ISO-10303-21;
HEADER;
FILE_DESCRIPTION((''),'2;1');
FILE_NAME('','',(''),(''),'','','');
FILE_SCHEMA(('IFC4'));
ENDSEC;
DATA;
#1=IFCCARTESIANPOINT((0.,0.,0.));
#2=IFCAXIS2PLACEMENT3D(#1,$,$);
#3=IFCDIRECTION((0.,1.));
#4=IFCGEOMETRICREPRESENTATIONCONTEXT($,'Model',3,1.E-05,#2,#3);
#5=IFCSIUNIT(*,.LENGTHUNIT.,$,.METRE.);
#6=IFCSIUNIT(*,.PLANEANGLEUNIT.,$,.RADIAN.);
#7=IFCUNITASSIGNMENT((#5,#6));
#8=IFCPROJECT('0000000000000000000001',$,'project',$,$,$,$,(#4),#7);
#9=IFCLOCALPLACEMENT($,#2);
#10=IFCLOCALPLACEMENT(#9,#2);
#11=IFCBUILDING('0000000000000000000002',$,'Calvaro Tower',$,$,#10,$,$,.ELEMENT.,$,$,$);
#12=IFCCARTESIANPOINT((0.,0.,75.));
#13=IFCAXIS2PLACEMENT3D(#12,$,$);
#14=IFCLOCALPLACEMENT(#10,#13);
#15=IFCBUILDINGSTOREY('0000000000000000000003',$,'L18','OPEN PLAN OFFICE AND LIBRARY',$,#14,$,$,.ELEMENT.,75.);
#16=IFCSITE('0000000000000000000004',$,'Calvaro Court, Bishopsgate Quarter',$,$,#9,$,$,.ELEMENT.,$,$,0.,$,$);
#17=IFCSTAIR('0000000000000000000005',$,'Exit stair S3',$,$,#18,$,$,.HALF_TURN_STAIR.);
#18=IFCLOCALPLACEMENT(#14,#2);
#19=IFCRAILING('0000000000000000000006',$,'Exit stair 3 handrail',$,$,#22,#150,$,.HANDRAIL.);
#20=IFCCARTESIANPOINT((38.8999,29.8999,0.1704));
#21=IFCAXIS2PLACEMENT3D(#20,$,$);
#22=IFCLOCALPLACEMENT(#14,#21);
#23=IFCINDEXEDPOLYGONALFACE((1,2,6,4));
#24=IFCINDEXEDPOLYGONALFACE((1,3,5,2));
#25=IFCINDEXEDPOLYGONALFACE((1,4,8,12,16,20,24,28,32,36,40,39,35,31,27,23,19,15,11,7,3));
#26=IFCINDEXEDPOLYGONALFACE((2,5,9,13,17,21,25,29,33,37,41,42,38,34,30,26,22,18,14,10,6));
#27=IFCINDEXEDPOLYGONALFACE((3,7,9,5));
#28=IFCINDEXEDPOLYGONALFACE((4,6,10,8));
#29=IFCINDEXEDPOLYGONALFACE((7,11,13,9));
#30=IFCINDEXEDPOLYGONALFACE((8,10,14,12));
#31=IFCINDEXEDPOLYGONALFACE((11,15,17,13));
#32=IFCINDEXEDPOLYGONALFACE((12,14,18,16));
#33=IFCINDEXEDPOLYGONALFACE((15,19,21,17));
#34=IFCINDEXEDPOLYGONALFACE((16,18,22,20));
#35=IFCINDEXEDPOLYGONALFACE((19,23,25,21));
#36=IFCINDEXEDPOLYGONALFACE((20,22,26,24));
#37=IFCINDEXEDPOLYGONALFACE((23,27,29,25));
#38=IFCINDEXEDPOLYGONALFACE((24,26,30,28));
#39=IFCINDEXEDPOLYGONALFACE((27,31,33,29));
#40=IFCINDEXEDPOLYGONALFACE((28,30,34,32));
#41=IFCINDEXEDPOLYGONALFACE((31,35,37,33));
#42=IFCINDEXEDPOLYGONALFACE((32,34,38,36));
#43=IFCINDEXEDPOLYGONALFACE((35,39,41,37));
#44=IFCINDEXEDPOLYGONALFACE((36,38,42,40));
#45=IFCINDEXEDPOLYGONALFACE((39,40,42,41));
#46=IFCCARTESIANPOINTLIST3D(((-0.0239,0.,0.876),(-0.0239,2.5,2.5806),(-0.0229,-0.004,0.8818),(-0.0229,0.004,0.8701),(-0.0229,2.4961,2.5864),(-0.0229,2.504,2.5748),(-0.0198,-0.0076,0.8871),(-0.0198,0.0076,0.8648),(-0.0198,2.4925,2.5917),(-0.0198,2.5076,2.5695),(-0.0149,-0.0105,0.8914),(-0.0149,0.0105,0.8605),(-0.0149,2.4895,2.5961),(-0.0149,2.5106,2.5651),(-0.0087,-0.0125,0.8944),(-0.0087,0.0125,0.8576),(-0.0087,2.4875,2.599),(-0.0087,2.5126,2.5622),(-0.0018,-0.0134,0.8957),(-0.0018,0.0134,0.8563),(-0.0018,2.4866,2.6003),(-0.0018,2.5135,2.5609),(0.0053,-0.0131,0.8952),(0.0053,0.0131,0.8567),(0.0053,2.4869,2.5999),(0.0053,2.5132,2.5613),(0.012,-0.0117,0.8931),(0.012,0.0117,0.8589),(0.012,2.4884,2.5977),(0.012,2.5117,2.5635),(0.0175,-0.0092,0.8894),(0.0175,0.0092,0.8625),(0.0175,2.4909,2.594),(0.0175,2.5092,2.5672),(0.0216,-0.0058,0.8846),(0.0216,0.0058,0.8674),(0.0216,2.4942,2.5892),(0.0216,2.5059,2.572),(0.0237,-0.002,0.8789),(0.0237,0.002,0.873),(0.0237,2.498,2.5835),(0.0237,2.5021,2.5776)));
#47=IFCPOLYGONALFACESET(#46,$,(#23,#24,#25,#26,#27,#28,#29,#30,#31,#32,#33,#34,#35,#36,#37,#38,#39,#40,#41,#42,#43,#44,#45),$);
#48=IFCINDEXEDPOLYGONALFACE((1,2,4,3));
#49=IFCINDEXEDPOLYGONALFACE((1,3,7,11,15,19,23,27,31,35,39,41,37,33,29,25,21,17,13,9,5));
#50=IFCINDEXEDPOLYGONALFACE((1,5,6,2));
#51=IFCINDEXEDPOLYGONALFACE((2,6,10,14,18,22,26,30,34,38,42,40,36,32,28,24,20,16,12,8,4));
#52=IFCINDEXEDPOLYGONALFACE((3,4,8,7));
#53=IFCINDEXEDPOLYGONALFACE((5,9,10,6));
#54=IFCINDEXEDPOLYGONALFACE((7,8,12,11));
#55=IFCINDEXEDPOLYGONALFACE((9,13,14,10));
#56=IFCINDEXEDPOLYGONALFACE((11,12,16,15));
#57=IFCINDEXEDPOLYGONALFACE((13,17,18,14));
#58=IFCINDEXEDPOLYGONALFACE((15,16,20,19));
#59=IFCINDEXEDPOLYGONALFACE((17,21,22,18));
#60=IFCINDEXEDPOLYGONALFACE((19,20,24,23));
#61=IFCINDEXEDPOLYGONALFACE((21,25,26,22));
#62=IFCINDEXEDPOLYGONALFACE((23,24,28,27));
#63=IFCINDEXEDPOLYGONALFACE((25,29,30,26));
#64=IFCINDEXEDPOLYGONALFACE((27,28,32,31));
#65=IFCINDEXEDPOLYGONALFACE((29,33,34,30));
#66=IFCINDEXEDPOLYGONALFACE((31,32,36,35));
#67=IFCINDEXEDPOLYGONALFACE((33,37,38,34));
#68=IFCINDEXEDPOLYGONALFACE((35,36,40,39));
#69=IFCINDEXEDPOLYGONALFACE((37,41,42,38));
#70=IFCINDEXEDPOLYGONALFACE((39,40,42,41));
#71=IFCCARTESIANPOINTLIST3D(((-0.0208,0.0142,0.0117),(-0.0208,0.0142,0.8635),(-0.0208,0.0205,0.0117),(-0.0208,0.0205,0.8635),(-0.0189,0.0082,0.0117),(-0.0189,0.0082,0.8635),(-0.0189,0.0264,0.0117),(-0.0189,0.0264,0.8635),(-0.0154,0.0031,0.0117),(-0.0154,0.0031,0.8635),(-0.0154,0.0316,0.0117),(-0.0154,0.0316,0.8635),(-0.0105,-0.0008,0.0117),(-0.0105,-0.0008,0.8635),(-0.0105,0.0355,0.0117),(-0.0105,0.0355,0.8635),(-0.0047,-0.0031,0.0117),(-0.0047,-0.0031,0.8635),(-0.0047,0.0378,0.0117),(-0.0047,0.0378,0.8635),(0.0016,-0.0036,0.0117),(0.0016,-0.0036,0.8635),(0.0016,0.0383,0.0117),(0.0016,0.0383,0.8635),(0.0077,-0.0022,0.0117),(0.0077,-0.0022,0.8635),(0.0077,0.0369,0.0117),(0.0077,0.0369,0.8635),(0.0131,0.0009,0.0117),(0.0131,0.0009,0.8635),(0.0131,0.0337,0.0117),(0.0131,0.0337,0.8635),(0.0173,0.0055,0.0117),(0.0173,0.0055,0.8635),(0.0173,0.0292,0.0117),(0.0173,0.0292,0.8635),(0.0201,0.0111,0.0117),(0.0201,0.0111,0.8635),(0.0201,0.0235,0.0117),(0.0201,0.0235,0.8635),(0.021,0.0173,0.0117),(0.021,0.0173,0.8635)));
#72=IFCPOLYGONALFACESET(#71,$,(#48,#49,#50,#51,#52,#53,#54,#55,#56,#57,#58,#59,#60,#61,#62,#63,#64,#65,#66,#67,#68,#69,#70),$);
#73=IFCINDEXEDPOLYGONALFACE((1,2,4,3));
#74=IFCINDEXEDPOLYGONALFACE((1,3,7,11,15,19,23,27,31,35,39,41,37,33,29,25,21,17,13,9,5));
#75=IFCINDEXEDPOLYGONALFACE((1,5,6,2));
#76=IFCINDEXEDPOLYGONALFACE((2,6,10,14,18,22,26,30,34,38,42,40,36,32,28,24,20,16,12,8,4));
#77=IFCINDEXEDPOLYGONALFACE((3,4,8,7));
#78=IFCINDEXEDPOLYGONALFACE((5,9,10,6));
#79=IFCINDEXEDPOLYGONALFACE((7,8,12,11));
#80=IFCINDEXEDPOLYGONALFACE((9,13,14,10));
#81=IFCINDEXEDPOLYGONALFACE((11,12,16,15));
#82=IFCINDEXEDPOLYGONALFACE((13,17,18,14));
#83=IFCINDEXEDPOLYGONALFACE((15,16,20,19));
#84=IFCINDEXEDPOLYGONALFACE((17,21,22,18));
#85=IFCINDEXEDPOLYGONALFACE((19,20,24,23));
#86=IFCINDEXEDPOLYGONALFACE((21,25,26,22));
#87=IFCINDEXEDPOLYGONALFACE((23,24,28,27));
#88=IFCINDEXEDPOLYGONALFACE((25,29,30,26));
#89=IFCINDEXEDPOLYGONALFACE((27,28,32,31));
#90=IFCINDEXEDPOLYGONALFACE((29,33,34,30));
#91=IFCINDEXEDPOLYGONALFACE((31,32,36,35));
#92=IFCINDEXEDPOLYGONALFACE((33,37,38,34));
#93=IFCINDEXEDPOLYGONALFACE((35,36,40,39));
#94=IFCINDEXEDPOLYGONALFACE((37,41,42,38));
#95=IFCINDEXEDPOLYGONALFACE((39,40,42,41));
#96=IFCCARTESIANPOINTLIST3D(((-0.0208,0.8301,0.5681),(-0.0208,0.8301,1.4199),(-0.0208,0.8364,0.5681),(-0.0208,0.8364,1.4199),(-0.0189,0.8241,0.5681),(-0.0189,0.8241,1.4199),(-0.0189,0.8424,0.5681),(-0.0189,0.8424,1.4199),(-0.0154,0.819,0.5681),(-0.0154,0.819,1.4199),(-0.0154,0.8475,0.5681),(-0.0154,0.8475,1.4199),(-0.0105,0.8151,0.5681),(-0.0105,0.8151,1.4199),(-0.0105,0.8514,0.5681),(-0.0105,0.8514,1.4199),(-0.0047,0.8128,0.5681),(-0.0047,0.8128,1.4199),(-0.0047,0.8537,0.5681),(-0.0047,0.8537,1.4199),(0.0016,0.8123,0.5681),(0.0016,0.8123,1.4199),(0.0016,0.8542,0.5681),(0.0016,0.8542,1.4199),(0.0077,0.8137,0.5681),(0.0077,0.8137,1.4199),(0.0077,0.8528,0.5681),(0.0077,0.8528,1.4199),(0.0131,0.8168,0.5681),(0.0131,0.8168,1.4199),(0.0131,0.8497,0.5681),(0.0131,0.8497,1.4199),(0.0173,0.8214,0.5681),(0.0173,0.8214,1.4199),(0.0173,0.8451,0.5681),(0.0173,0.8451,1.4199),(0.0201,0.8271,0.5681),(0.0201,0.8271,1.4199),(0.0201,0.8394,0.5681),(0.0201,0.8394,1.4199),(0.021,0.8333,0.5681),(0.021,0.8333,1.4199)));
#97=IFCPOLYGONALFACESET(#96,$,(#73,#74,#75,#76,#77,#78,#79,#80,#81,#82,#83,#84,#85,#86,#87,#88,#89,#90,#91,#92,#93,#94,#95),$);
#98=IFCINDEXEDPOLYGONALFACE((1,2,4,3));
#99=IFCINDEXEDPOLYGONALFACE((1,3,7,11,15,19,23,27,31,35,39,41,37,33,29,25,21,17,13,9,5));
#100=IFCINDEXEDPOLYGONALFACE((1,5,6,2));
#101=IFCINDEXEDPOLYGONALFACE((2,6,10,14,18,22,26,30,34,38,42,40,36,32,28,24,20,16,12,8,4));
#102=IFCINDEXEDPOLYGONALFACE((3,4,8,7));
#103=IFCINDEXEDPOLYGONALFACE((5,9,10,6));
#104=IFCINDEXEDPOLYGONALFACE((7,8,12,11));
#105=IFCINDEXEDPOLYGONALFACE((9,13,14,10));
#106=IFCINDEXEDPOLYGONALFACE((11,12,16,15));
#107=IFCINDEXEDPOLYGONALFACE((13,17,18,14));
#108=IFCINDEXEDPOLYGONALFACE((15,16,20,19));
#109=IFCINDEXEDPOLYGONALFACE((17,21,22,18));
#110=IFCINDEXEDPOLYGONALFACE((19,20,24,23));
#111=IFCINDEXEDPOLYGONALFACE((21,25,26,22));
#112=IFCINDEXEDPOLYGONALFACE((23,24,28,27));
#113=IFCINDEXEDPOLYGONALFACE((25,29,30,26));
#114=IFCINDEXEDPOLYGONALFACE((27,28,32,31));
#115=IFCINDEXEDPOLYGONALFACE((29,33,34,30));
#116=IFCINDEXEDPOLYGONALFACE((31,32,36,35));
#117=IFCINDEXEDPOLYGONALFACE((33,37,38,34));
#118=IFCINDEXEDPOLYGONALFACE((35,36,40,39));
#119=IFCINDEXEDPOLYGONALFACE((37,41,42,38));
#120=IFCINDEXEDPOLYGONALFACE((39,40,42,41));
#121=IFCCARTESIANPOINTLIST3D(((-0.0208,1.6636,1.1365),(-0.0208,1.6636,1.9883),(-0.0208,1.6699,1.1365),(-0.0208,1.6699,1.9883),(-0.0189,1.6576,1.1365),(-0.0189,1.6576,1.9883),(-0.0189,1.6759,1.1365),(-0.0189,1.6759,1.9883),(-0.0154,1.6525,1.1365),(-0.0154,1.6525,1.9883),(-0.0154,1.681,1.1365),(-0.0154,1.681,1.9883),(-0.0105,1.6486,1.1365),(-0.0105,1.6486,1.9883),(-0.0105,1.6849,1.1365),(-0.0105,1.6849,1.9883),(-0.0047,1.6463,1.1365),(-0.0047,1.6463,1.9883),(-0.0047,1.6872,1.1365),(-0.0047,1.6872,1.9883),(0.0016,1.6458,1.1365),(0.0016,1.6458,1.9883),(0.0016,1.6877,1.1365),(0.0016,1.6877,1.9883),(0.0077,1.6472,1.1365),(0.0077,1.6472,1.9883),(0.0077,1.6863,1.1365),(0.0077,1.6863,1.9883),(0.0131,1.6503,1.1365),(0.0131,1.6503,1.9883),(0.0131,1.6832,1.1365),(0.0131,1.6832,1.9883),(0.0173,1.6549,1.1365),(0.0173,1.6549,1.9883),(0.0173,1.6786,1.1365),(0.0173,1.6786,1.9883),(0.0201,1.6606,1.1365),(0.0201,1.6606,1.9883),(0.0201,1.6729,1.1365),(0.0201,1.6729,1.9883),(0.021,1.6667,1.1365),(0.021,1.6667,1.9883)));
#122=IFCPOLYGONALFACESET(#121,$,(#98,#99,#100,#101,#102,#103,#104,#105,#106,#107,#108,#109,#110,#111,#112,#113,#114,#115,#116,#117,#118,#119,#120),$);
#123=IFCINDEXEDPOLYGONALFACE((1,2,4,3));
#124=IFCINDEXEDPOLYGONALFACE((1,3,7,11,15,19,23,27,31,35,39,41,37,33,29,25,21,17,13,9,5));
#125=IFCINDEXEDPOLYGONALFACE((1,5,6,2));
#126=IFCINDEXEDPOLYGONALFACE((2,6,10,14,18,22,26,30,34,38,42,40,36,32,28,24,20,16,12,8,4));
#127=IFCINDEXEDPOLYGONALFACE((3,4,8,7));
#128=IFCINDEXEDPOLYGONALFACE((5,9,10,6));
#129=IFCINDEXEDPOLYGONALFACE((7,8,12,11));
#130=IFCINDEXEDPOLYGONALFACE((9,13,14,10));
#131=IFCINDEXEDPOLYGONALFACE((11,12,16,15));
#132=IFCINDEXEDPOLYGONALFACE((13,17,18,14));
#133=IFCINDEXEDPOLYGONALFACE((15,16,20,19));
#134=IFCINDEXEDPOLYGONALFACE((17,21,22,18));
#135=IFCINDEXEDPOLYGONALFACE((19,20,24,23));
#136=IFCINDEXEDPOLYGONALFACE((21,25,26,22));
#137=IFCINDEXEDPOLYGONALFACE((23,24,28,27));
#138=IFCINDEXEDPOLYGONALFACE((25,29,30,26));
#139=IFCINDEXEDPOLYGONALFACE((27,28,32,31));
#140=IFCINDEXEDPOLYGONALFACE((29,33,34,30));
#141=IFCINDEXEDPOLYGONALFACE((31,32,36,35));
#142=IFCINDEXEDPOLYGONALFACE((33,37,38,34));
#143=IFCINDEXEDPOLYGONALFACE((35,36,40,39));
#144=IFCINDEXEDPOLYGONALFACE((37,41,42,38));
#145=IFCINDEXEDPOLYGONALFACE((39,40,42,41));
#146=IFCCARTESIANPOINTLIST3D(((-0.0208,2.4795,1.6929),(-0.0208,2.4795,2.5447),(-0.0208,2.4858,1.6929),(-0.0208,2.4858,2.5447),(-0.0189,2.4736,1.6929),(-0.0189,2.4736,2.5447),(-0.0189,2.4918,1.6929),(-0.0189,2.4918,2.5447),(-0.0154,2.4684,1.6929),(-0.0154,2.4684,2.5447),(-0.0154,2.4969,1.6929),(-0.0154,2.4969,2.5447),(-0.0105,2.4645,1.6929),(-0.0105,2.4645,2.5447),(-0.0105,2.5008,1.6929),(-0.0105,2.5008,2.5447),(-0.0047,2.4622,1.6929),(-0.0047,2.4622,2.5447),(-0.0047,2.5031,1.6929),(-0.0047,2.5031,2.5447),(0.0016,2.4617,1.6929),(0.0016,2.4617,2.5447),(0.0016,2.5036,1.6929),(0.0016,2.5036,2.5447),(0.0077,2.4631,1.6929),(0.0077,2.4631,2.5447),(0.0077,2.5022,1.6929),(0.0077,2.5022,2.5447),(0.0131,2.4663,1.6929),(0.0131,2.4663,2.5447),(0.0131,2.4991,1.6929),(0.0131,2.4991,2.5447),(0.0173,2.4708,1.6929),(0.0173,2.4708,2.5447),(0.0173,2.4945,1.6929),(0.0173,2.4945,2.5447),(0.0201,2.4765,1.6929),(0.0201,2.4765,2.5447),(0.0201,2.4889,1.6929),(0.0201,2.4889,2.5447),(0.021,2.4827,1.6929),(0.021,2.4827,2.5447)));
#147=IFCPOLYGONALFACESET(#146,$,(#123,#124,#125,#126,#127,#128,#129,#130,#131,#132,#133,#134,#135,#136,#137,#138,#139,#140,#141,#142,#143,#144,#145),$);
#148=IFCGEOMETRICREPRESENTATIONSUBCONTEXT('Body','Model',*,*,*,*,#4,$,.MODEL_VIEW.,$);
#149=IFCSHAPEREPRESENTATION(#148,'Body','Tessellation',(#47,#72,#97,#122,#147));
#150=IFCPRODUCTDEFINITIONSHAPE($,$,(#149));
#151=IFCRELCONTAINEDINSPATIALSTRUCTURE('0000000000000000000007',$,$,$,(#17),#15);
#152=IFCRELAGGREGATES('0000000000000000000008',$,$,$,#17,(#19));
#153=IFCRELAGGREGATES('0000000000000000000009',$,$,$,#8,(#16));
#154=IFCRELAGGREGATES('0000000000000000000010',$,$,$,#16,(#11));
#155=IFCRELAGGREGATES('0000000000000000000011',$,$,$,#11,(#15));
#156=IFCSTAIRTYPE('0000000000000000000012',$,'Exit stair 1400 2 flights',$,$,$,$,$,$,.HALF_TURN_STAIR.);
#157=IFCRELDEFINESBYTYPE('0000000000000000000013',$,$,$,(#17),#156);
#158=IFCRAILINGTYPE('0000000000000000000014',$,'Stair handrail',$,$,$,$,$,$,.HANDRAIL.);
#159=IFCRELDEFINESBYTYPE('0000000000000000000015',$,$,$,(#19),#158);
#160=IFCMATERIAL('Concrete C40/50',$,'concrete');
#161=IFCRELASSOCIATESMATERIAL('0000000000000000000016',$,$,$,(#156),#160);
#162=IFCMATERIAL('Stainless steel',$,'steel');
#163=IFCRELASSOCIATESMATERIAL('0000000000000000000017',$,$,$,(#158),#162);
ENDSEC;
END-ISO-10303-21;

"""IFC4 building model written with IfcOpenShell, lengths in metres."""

from ifc_helpers import new_model, si_unit, direction, frame, origin, origin_2d, place, context, subcontext, project, spatial, circle, extrude, material, type_object, element, aggregate, save


model = new_model("IFC4")

# Units and contexts
model_context = context("Model", 3, precision=1e-05, world=origin(), true_north=direction((0.0, 1.0)))
body_context = subcontext(model_context, "Body", "Model", "MODEL_VIEW")
ifc_project = project(units=[si_unit("LENGTHUNIT", "METRE"), si_unit("PLANEANGLEUNIT", "RADIAN")], contexts=[model_context])

# Site, building, storey
site_placement = place(None, origin())
site = spatial("IfcSite", under=ifc_project, at=site_placement, Name="Calvaro Court, Bishopsgate Quarter", CompositionType="ELEMENT", RefElevation=0.0)
building_placement = place(site_placement, origin())
building = spatial("IfcBuilding", under=site, at=building_placement, Name="Calvaro Tower", CompositionType="ELEMENT")
storey_placement = place(building_placement, frame((0.0, 0.0, 75.0)))
storey = spatial("IfcBuildingStorey", under=building, at=storey_placement, Name="L18", Description="OPEN PLAN OFFICE AND LIBRARY", CompositionType="ELEMENT", Elevation=75.0)

# Stair
ifc_material_1 = material(Name="Concrete C40/50", Category="concrete")
stair_type = type_object("IfcStairType", Name="Exit stair 1400 2 flights", PredefinedType="HALF_TURN_STAIR", material=ifc_material_1)
stair_1_placement = place(storey_placement, origin())
stair_1 = element("IfcStair", 1, at=stair_1_placement, inside=storey, type_object=stair_type, Name="Exit stair S3", PredefinedType="HALF_TURN_STAIR")

# Railing
ifc_material_2 = material(Name="Stainless steel", Category="steel")
railing_type = type_object("IfcRailingType", Name="Stair handrail", PredefinedType="HANDRAIL", material=ifc_material_2)
railing_1_placement = place(storey_placement, frame((38.8999, 29.8999, 0.1704)))
railing_1 = element("IfcRailing", 2, at=railing_1_placement, type_object=railing_type, Name="Exit stair 3 handrail", PredefinedType="HANDRAIL", context=body_context, shape_type="SweptSolid", body=[
    extrude(circle(Radius=0.0239, at=origin_2d()), frame((0.0, 0.0, 0.876), z_axis=(0.0, 0.826221, 0.563347), x_axis=(-1.0, 0.0, 0.0)), (0.0, 0.0, 1.0), 3.0259),
    extrude(circle(Radius=0.021, at=origin_2d()), frame((0.0, 0.0173, 0.0117)), (0.0, 0.0, 1.0), 0.8518),
    extrude(circle(Radius=0.021, at=origin_2d()), frame((0.0, 0.8333, 0.5681)), (0.0, 0.0, 1.0), 0.8518),
    extrude(circle(Radius=0.021, at=origin_2d()), frame((0.0, 1.6667, 1.1365)), (0.0, 0.0, 1.0), 0.8518),
    extrude(circle(Radius=0.021, at=origin_2d()), frame((0.0, 2.4827, 1.6929)), (0.0, 0.0, 1.0), 0.8518),
])
aggregate(stair_1, [railing_1])

save(model, "model.ifc")
